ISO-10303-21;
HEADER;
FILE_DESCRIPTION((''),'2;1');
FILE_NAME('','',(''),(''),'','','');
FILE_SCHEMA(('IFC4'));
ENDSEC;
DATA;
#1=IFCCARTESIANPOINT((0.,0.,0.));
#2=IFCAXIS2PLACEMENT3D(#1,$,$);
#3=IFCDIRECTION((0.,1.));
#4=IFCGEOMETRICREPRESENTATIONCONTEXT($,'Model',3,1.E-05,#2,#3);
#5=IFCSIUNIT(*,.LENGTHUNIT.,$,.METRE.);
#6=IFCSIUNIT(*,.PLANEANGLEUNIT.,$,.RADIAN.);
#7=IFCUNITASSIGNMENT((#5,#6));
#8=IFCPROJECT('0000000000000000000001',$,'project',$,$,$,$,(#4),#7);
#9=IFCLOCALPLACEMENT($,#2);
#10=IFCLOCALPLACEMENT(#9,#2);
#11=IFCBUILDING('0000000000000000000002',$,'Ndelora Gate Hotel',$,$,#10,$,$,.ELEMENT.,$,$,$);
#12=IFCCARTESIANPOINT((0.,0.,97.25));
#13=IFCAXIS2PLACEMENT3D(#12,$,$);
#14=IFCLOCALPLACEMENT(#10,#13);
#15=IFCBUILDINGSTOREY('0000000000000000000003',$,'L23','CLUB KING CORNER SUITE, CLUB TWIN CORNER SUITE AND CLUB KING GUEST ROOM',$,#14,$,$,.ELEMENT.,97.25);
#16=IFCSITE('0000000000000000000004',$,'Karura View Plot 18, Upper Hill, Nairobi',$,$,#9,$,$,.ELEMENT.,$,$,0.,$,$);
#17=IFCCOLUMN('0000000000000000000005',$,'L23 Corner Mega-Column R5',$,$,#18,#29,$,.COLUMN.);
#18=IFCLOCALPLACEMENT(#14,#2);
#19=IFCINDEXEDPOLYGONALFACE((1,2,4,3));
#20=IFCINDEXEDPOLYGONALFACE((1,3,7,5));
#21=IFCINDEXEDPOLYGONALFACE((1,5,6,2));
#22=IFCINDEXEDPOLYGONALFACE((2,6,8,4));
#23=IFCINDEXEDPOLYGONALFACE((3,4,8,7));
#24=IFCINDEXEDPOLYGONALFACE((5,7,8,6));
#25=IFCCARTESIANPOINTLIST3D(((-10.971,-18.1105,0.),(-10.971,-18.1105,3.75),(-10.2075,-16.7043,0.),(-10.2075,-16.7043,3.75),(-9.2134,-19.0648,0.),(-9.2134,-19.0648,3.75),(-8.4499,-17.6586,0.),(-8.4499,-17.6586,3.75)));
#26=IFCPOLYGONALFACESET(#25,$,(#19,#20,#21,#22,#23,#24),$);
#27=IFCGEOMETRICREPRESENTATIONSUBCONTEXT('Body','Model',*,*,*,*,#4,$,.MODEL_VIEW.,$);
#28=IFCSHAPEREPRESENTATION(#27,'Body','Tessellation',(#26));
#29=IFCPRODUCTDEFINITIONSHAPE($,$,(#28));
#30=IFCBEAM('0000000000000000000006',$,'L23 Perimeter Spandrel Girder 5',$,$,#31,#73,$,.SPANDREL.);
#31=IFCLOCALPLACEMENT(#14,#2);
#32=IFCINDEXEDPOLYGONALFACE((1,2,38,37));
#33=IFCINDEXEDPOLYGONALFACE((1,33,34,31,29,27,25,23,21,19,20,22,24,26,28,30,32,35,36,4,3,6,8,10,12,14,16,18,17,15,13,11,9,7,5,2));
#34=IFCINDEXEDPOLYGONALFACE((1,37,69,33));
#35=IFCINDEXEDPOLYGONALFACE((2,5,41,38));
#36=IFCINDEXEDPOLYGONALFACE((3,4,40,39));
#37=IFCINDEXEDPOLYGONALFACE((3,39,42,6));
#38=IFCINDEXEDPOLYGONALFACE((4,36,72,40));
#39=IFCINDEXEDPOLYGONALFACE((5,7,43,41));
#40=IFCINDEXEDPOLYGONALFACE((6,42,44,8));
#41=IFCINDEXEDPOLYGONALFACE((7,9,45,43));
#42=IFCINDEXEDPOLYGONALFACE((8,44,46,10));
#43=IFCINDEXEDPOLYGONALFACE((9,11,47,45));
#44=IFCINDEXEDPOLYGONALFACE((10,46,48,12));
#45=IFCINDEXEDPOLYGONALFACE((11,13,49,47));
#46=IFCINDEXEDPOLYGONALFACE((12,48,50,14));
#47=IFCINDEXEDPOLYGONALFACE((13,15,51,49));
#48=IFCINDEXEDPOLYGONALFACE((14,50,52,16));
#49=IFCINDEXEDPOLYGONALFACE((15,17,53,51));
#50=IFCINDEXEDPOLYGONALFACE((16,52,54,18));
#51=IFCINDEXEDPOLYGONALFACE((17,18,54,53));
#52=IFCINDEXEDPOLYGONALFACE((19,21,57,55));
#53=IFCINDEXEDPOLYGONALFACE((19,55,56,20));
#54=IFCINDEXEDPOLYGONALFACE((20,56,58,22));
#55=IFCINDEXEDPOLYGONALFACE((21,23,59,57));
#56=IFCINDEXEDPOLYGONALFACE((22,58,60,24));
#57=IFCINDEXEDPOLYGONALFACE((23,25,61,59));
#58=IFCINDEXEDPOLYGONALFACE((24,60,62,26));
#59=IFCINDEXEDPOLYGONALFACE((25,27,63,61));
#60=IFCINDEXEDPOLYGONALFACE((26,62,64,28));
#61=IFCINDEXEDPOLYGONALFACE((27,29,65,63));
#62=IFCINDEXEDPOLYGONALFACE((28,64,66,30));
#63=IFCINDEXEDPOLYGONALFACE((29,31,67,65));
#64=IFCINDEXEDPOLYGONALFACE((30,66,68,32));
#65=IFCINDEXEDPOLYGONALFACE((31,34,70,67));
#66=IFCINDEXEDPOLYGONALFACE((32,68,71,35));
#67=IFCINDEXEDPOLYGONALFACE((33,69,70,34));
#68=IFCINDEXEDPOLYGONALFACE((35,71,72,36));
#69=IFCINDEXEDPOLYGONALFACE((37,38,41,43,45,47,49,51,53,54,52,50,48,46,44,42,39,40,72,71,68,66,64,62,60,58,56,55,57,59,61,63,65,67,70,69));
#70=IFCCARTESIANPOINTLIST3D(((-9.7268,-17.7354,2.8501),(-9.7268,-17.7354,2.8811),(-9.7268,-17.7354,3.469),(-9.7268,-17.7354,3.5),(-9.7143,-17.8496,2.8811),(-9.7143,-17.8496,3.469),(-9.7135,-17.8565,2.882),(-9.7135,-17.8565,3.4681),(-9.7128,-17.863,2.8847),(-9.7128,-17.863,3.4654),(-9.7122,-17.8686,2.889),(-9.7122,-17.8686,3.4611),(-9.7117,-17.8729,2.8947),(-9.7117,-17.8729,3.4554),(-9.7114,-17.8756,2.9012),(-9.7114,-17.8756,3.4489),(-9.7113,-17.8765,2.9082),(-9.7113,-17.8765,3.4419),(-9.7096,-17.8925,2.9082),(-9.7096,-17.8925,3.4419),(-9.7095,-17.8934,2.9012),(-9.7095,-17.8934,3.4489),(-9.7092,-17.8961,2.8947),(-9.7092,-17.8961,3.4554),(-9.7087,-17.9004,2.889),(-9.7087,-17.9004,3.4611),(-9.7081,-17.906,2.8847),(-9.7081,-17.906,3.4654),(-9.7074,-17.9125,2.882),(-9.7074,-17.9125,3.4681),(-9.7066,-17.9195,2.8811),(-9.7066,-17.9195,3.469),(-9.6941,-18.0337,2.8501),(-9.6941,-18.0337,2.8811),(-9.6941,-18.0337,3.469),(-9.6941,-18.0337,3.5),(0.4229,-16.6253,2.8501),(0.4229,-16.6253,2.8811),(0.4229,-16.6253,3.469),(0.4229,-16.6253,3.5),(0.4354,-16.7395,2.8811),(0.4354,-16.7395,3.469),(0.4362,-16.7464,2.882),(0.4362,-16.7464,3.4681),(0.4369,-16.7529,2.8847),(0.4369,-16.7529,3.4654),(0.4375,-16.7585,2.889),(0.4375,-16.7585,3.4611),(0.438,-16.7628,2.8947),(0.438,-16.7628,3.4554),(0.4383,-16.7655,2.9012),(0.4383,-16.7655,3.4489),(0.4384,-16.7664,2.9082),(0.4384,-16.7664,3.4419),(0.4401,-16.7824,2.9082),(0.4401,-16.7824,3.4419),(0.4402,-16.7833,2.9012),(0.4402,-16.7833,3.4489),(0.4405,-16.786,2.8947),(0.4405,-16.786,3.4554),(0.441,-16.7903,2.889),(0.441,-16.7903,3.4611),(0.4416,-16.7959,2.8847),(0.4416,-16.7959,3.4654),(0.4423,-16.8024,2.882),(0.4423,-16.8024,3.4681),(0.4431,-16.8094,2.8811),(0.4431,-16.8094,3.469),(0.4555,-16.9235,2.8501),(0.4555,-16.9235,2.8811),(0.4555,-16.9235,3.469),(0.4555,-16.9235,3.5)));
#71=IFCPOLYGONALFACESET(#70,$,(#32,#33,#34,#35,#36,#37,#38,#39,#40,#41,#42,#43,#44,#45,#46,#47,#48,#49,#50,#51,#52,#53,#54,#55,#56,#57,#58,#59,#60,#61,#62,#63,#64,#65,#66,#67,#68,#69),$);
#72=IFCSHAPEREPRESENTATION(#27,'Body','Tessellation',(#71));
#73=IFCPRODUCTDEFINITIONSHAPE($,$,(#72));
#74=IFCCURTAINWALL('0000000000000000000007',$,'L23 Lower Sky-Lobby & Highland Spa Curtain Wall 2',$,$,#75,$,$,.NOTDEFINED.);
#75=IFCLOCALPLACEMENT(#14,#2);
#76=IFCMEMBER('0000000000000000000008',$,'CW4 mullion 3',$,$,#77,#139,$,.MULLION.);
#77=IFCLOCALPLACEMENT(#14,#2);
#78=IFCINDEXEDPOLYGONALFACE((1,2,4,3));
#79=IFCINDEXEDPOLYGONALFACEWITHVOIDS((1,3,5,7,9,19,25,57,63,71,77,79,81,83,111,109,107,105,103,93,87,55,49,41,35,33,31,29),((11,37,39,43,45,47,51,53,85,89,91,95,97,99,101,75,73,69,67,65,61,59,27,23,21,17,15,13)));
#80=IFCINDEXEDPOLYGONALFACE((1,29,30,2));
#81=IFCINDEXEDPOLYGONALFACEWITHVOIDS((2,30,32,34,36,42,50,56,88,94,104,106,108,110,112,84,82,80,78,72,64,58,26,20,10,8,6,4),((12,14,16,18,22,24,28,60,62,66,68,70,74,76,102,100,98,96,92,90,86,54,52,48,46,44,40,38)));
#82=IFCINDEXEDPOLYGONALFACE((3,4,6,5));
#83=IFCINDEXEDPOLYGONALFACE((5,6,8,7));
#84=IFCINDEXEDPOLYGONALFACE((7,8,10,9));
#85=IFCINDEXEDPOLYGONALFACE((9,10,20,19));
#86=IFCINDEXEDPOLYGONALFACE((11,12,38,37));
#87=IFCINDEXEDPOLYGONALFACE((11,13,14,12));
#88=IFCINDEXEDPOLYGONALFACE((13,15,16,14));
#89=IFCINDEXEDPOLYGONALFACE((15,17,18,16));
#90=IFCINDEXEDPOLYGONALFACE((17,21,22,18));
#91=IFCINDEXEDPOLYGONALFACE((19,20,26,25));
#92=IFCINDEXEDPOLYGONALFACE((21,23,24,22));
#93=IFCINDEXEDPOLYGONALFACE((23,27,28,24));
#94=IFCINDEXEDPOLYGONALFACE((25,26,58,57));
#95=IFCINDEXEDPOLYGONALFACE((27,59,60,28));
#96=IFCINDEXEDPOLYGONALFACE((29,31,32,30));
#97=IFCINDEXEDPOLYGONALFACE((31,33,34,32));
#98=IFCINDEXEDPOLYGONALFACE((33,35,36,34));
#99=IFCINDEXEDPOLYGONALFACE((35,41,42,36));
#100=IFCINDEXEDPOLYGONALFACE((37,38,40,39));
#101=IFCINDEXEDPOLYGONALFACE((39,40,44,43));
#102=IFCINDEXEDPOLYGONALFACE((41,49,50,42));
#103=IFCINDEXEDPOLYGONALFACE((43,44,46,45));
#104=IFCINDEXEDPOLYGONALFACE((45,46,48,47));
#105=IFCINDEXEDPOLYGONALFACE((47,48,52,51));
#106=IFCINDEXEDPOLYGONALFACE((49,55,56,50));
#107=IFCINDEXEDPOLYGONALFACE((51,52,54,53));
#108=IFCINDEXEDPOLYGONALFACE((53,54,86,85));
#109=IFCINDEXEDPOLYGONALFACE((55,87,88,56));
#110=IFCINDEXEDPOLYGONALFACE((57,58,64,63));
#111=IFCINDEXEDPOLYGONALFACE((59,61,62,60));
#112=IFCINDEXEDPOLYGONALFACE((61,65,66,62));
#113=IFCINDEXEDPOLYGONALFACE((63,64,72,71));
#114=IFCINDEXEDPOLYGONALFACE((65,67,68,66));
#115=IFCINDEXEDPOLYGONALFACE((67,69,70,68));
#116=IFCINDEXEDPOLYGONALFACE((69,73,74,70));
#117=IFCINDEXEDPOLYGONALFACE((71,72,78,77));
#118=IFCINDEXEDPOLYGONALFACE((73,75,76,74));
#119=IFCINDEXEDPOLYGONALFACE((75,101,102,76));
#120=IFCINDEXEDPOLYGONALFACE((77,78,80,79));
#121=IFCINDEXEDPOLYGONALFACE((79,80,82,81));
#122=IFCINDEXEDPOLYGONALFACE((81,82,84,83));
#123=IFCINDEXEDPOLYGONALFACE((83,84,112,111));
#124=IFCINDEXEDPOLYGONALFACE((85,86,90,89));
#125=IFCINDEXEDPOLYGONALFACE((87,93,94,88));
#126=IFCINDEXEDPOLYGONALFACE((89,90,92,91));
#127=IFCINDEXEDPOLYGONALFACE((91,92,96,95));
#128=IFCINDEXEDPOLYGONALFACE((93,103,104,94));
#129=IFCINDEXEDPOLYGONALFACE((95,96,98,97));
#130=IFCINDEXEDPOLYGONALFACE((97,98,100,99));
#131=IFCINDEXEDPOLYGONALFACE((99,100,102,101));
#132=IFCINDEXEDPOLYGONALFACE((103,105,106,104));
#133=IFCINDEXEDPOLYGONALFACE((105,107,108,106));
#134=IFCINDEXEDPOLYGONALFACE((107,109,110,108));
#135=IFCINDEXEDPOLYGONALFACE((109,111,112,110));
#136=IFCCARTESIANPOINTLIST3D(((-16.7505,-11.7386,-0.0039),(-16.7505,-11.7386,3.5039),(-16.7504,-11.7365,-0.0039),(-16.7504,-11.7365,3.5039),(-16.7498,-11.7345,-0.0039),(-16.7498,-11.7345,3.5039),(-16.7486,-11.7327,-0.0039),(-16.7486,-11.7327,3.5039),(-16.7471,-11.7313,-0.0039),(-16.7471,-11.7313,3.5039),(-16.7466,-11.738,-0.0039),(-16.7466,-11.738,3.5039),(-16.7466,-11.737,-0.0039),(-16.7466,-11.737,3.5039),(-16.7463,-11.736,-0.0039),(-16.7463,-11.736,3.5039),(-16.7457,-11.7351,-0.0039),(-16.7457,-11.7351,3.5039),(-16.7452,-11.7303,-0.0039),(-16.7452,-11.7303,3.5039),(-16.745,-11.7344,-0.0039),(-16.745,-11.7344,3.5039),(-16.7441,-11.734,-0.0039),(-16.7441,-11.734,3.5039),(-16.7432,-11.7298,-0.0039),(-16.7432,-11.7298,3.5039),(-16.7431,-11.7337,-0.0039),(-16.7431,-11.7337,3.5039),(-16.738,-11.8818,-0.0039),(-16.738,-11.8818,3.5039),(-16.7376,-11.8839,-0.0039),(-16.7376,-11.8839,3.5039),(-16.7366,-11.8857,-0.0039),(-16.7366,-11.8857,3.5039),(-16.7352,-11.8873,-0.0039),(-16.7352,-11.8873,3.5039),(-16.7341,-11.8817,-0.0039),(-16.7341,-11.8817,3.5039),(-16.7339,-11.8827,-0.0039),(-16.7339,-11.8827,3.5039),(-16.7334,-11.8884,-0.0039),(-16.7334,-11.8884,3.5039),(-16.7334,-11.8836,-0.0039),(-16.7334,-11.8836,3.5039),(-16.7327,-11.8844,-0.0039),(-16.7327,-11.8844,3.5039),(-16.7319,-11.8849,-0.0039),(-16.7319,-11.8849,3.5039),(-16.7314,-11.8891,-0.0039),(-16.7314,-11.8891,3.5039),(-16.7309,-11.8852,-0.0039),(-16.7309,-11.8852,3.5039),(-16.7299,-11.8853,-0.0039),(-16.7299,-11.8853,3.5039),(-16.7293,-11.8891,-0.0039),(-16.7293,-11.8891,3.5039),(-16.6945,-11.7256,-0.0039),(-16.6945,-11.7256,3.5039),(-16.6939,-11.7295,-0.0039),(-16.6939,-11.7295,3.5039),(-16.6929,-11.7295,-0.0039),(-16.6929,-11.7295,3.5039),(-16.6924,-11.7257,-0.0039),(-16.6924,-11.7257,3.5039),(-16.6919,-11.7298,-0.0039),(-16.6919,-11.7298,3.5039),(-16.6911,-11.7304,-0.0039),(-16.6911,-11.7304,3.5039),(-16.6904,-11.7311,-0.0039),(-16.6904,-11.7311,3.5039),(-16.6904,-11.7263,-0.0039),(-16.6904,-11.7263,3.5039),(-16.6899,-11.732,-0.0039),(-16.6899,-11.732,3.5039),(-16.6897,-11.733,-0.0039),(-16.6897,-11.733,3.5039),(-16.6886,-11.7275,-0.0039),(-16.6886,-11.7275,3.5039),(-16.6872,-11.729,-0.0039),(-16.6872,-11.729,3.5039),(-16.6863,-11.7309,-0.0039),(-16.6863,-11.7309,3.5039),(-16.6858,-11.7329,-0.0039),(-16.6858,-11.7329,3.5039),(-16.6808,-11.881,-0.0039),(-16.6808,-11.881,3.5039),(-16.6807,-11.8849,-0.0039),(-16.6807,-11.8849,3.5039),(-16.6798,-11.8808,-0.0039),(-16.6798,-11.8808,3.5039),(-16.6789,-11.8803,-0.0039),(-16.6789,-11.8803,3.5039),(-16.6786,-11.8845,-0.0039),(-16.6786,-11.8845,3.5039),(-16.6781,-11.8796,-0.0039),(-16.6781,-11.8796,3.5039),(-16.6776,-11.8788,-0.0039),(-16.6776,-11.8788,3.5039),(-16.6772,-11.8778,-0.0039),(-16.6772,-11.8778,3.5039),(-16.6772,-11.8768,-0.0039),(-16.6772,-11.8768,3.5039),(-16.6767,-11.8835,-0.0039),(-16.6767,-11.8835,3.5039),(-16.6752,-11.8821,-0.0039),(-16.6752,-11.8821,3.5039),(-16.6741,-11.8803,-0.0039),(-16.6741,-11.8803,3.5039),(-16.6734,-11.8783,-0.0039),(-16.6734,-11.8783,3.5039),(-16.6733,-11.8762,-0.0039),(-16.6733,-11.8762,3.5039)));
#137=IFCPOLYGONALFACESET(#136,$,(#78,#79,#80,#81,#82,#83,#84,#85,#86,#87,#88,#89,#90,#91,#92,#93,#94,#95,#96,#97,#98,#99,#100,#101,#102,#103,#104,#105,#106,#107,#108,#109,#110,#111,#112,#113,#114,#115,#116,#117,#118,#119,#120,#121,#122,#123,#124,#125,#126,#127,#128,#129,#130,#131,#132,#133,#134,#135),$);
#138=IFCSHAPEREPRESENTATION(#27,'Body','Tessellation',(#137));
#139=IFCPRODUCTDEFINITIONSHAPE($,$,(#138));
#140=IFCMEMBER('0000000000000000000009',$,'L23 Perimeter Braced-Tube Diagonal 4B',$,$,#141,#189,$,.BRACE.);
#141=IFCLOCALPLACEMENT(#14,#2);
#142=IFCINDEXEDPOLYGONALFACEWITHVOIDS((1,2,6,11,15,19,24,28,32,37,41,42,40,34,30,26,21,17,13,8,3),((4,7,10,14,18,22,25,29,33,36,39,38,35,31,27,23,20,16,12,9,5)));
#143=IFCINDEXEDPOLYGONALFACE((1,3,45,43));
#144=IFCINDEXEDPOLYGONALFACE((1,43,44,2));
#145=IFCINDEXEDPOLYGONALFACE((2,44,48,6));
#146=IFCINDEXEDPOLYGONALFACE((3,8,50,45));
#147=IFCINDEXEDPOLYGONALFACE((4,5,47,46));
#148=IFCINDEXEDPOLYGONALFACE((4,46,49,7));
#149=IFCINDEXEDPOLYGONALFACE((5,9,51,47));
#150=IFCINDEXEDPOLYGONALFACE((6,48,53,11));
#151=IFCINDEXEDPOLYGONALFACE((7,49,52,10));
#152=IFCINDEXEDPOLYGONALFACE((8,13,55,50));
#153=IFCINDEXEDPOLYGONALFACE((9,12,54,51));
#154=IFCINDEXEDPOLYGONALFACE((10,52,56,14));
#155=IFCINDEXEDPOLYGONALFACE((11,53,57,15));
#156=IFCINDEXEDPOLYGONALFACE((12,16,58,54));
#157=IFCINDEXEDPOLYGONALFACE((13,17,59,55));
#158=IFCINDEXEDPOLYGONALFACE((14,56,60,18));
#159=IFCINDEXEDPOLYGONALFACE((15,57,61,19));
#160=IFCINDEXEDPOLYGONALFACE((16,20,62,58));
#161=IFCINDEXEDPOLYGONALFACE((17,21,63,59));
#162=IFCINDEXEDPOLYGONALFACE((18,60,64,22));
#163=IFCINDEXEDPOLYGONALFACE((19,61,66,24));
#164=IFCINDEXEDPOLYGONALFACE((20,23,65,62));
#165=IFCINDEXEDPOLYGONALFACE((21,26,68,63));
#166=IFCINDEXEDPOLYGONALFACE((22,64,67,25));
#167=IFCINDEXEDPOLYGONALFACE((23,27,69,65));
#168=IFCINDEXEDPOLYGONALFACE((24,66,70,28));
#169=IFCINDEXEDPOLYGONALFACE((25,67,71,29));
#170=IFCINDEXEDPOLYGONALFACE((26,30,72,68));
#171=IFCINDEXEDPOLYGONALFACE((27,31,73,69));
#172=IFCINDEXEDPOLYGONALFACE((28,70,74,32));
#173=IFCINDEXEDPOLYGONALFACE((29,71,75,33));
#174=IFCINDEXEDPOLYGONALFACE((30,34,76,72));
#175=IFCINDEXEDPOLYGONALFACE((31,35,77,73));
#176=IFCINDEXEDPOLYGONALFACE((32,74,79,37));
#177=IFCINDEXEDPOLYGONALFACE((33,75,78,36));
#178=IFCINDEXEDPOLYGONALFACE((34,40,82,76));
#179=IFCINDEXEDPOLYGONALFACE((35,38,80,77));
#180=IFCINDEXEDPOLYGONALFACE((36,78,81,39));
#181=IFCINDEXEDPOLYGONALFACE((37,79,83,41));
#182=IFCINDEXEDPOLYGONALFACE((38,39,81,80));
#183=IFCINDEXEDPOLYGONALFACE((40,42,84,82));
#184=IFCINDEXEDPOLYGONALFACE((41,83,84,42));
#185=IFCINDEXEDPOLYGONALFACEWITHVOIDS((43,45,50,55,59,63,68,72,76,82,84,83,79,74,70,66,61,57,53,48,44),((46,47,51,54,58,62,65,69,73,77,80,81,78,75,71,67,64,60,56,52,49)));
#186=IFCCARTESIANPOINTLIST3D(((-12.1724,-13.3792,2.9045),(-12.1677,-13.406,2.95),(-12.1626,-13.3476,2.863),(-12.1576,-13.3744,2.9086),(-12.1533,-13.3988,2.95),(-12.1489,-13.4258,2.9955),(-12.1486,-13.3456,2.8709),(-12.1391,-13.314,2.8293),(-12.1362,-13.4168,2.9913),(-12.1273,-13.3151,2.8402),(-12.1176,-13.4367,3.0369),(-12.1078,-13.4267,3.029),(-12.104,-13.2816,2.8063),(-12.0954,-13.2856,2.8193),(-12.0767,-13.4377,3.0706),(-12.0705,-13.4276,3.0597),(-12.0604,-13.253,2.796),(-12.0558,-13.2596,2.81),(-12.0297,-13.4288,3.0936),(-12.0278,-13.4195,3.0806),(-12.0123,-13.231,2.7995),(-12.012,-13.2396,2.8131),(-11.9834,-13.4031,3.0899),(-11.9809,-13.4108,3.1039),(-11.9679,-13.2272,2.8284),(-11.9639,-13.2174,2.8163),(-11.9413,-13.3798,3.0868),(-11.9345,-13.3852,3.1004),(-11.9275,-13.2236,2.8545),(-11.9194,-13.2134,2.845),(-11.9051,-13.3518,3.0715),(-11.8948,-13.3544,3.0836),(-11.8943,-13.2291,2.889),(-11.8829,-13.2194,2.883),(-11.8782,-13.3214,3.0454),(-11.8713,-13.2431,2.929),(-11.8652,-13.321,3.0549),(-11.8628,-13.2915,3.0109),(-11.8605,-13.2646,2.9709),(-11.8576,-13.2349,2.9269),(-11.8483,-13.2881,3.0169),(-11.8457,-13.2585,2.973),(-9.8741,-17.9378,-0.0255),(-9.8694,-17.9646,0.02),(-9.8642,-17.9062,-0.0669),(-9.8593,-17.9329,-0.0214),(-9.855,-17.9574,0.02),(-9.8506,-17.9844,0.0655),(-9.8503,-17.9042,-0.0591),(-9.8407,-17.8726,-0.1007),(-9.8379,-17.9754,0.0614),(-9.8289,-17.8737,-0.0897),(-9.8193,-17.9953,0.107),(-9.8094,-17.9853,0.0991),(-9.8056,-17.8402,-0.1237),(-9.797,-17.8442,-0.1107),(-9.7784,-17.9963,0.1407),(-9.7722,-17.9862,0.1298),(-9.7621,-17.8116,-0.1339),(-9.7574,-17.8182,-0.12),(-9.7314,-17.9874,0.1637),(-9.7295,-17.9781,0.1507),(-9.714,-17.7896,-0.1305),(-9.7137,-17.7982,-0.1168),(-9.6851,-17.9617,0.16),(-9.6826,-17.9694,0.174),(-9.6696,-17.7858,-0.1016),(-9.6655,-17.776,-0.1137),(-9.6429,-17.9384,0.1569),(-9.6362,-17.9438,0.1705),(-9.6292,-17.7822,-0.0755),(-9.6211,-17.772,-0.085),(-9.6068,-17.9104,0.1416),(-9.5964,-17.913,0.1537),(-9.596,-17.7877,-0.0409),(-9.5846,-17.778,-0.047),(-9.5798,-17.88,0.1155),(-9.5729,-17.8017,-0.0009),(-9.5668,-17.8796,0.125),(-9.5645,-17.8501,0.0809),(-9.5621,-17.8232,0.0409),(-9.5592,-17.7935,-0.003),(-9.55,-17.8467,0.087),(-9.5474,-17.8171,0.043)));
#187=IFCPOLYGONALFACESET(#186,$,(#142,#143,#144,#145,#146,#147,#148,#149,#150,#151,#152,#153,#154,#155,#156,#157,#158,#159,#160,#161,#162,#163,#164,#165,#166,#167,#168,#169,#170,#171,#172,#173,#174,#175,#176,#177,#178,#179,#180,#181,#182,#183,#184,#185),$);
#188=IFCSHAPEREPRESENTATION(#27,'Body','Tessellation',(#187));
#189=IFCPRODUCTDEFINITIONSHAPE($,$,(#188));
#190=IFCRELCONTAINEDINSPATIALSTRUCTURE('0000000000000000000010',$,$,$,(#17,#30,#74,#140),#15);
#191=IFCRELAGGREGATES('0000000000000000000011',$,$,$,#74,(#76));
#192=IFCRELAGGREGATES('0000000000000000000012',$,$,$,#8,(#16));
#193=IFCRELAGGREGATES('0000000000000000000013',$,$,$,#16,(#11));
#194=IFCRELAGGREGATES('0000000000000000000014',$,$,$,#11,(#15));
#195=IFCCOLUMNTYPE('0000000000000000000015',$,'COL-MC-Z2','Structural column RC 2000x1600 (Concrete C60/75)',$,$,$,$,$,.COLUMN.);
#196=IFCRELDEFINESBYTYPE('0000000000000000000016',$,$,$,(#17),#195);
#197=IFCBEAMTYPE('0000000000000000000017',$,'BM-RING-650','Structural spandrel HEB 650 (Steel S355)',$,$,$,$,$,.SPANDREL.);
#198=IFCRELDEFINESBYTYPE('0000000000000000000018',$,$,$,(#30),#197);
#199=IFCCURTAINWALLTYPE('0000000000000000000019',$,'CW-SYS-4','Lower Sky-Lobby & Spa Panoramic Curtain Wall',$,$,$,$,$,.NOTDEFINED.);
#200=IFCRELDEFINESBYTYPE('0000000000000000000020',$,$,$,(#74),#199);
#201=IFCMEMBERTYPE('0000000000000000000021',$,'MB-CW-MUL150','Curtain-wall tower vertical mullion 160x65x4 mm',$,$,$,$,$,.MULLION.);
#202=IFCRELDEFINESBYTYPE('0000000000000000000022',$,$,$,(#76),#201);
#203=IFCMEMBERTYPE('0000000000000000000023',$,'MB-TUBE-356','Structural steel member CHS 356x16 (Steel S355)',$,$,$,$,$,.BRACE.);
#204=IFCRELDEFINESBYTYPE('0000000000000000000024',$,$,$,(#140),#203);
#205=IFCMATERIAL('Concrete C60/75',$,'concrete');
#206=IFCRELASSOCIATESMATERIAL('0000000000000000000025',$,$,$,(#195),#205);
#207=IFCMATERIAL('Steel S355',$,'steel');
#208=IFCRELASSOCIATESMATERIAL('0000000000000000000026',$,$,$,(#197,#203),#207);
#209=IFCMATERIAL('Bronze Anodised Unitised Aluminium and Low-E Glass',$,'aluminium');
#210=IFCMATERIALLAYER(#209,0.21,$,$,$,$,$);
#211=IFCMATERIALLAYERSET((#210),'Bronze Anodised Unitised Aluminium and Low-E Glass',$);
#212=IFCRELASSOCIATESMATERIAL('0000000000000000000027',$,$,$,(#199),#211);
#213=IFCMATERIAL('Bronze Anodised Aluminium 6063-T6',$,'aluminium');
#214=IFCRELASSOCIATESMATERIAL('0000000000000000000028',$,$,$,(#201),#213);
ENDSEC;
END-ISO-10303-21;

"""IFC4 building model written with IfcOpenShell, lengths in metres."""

from ifc_helpers import new_model, si_unit, direction, frame, origin, origin_2d, place, context, subcontext, project, spatial, rectangle, hollow_rectangle, hollow_circle, i_section, extrude, material, layer, layer_set, material_profile, profile_set, type_object, element, aggregate, save


model = new_model("IFC4")

# Units and contexts
model_context = context("Model", 3, precision=1e-05, world=origin(), true_north=direction((0.0, 1.0)))
body_context = subcontext(model_context, "Body", "Model", "MODEL_VIEW")
ifc_project = project(units=[si_unit("LENGTHUNIT", "METRE"), si_unit("PLANEANGLEUNIT", "RADIAN")], contexts=[model_context])

# Site, building, storey
site_placement = place(None, origin())
site = spatial("IfcSite", under=ifc_project, at=site_placement, Name="Karura View Plot 18, Upper Hill, Nairobi", CompositionType="ELEMENT", RefElevation=0.0)
building_placement = place(site_placement, origin())
building = spatial("IfcBuilding", under=site, at=building_placement, Name="Ndelora Gate Hotel", CompositionType="ELEMENT")
storey_placement = place(building_placement, frame((0.0, 0.0, 97.25)))
storey = spatial("IfcBuildingStorey", under=building, at=storey_placement, Name="L23", Description="CLUB KING CORNER SUITE, CLUB TWIN CORNER SUITE AND CLUB KING GUEST ROOM", CompositionType="ELEMENT", Elevation=97.25)

# Column
ifc_material_1 = material(Name="Concrete C60/75", Category="concrete")
ifc_material_profile_1 = material_profile(ifc_material_1, rectangle(XDim=1.6001, YDim=2.0, at=origin_2d()), Name="RC 2000x1600")
ifc_profile_set_1 = profile_set([ifc_material_profile_1], Name="Concrete C60/75")
column_type = type_object("IfcColumnType", Name="COL-MC-Z2", Description="Structural column RC 2000x1600 (Concrete C60/75)", PredefinedType="COLUMN", material=ifc_profile_set_1)
column_placement = place(storey_placement, frame((-9.7104, -17.8845, 0.0), z_axis=(0.0, 0.0, 1.0), x_axis=(0.477159, 0.878817, 0.0)))
element("IfcColumn", 1, at=column_placement, inside=storey, type_object=column_type, Name="L23 Corner Mega-Column R5", PredefinedType="COLUMN", context=body_context, shape_type="SweptSolid", body=[
    extrude(rectangle(XDim=1.6001, YDim=2.0, at=origin_2d()), origin(), (0.0, 0.0, 1.0), 3.75),
])

# Beam
ifc_material_2 = material(Name="Steel S355", Category="steel")
ifc_material_profile_2 = material_profile(ifc_material_2, i_section(OverallWidth=0.3, OverallDepth=0.6499, WebThickness=0.0161, FlangeThickness=0.031, FilletRadius=0.0271, at=origin_2d()), Name="HEB 650")
ifc_profile_set_2 = profile_set([ifc_material_profile_2], Name="Steel S355")
beam_type = type_object("IfcBeamType", Name="BM-RING-650", Description="Structural spandrel HEB 650 (Steel S355)", PredefinedType="SPANDREL", material=ifc_profile_set_2)
beam_placement = place(storey_placement, frame((-9.7104, -17.8845, 3.175), z_axis=(0.994072, 0.108725, 0.0), x_axis=(-0.108725, 0.994072, 0.0)))
element("IfcBeam", 2, at=beam_placement, inside=storey, type_object=beam_type, Name="L23 Perimeter Spandrel Girder 5", PredefinedType="SPANDREL", context=body_context, shape_type="SweptSolid", body=[
    extrude(i_section(OverallWidth=0.3, OverallDepth=0.6499, WebThickness=0.0161, FlangeThickness=0.031, FilletRadius=0.0271, at=origin_2d()), origin(), (0.0, 0.0, 1.0), 10.2102),
])

# Curtain wall, member
ifc_material_3 = material(Name="Bronze Anodised Unitised Aluminium and Low-E Glass", Category="aluminium")
ifc_layer_1 = layer(ifc_material_3, 0.21)
ifc_layer_set_1 = layer_set([ifc_layer_1], Name="Bronze Anodised Unitised Aluminium and Low-E Glass")
curtain_wall_type = type_object("IfcCurtainWallType", Name="CW-SYS-4", Description="Lower Sky-Lobby & Spa Panoramic Curtain Wall", PredefinedType="NOTDEFINED", material=ifc_layer_set_1)
curtain_wall_placement = place(storey_placement, origin())
curtain_wall = element("IfcCurtainWall", 3, at=curtain_wall_placement, inside=storey, type_object=curtain_wall_type, Name="L23 Lower Sky-Lobby & Highland Spa Curtain Wall 2", PredefinedType="NOTDEFINED")
ifc_material_4 = material(Name="Bronze Anodised Aluminium 6063-T6", Category="aluminium")
ifc_material_profile_3 = material_profile(ifc_material_4, hollow_rectangle(XDim=0.0649, YDim=0.1599, WallThickness=0.0039, InnerFilletRadius=0.0039, OuterFilletRadius=0.0081, at=origin_2d()), Name="ALU 160x65x4")
ifc_profile_set_3 = profile_set([ifc_material_profile_3], Name="Bronze Anodised Aluminium 6063-T6")
member_type_1 = type_object("IfcMemberType", Name="MB-CW-MUL150", Description="Curtain-wall tower vertical mullion 160x65x4 mm", PredefinedType="MULLION", material=ifc_profile_set_3)
member_1_placement = place(storey_placement, frame((-16.7119, -11.8074, -0.0039), z_axis=(0.0, 0.0, 1.0), x_axis=(0.996237, 0.086667, 0.0)))
member_1 = element("IfcMember", 4, at=member_1_placement, type_object=member_type_1, Name="CW4 mullion 3", PredefinedType="MULLION", context=body_context, shape_type="SweptSolid", body=[
    extrude(hollow_rectangle(XDim=0.0649, YDim=0.1599, WallThickness=0.0039, InnerFilletRadius=0.0039, OuterFilletRadius=0.0081, at=origin_2d()), origin(), (0.0, 0.0, 1.0), 3.5078),
])

# Member
ifc_material_profile_4 = material_profile(ifc_material_2, hollow_circle(Radius=0.178, WallThickness=0.0161, at=origin_2d()), Name="CHS 356x16")
ifc_profile_set_4 = profile_set([ifc_material_profile_4], Name="Steel S355")
member_type_2 = type_object("IfcMemberType", Name="MB-TUBE-356", Description="Structural steel member CHS 356x16 (Steel S355)", PredefinedType="BRACE", material=ifc_profile_set_4)
member_2_placement = place(storey_placement, frame((-9.7104, -17.8845, 0.02), z_axis=(-0.390461, 0.774451, 0.497761), x_axis=(-0.89293, -0.450195, 0.0)))
element("IfcMember", 5, at=member_2_placement, inside=storey, type_object=member_type_2, Name="L23 Perimeter Braced-Tube Diagonal 4B", PredefinedType="BRACE", context=body_context, shape_type="SweptSolid", body=[
    extrude(hollow_circle(Radius=0.178, WallThickness=0.0161, at=origin_2d()), origin(), (0.0, 0.0, 1.0), 5.8862),
])

aggregate(curtain_wall, [member_1])

save(model, "model.ifc")
